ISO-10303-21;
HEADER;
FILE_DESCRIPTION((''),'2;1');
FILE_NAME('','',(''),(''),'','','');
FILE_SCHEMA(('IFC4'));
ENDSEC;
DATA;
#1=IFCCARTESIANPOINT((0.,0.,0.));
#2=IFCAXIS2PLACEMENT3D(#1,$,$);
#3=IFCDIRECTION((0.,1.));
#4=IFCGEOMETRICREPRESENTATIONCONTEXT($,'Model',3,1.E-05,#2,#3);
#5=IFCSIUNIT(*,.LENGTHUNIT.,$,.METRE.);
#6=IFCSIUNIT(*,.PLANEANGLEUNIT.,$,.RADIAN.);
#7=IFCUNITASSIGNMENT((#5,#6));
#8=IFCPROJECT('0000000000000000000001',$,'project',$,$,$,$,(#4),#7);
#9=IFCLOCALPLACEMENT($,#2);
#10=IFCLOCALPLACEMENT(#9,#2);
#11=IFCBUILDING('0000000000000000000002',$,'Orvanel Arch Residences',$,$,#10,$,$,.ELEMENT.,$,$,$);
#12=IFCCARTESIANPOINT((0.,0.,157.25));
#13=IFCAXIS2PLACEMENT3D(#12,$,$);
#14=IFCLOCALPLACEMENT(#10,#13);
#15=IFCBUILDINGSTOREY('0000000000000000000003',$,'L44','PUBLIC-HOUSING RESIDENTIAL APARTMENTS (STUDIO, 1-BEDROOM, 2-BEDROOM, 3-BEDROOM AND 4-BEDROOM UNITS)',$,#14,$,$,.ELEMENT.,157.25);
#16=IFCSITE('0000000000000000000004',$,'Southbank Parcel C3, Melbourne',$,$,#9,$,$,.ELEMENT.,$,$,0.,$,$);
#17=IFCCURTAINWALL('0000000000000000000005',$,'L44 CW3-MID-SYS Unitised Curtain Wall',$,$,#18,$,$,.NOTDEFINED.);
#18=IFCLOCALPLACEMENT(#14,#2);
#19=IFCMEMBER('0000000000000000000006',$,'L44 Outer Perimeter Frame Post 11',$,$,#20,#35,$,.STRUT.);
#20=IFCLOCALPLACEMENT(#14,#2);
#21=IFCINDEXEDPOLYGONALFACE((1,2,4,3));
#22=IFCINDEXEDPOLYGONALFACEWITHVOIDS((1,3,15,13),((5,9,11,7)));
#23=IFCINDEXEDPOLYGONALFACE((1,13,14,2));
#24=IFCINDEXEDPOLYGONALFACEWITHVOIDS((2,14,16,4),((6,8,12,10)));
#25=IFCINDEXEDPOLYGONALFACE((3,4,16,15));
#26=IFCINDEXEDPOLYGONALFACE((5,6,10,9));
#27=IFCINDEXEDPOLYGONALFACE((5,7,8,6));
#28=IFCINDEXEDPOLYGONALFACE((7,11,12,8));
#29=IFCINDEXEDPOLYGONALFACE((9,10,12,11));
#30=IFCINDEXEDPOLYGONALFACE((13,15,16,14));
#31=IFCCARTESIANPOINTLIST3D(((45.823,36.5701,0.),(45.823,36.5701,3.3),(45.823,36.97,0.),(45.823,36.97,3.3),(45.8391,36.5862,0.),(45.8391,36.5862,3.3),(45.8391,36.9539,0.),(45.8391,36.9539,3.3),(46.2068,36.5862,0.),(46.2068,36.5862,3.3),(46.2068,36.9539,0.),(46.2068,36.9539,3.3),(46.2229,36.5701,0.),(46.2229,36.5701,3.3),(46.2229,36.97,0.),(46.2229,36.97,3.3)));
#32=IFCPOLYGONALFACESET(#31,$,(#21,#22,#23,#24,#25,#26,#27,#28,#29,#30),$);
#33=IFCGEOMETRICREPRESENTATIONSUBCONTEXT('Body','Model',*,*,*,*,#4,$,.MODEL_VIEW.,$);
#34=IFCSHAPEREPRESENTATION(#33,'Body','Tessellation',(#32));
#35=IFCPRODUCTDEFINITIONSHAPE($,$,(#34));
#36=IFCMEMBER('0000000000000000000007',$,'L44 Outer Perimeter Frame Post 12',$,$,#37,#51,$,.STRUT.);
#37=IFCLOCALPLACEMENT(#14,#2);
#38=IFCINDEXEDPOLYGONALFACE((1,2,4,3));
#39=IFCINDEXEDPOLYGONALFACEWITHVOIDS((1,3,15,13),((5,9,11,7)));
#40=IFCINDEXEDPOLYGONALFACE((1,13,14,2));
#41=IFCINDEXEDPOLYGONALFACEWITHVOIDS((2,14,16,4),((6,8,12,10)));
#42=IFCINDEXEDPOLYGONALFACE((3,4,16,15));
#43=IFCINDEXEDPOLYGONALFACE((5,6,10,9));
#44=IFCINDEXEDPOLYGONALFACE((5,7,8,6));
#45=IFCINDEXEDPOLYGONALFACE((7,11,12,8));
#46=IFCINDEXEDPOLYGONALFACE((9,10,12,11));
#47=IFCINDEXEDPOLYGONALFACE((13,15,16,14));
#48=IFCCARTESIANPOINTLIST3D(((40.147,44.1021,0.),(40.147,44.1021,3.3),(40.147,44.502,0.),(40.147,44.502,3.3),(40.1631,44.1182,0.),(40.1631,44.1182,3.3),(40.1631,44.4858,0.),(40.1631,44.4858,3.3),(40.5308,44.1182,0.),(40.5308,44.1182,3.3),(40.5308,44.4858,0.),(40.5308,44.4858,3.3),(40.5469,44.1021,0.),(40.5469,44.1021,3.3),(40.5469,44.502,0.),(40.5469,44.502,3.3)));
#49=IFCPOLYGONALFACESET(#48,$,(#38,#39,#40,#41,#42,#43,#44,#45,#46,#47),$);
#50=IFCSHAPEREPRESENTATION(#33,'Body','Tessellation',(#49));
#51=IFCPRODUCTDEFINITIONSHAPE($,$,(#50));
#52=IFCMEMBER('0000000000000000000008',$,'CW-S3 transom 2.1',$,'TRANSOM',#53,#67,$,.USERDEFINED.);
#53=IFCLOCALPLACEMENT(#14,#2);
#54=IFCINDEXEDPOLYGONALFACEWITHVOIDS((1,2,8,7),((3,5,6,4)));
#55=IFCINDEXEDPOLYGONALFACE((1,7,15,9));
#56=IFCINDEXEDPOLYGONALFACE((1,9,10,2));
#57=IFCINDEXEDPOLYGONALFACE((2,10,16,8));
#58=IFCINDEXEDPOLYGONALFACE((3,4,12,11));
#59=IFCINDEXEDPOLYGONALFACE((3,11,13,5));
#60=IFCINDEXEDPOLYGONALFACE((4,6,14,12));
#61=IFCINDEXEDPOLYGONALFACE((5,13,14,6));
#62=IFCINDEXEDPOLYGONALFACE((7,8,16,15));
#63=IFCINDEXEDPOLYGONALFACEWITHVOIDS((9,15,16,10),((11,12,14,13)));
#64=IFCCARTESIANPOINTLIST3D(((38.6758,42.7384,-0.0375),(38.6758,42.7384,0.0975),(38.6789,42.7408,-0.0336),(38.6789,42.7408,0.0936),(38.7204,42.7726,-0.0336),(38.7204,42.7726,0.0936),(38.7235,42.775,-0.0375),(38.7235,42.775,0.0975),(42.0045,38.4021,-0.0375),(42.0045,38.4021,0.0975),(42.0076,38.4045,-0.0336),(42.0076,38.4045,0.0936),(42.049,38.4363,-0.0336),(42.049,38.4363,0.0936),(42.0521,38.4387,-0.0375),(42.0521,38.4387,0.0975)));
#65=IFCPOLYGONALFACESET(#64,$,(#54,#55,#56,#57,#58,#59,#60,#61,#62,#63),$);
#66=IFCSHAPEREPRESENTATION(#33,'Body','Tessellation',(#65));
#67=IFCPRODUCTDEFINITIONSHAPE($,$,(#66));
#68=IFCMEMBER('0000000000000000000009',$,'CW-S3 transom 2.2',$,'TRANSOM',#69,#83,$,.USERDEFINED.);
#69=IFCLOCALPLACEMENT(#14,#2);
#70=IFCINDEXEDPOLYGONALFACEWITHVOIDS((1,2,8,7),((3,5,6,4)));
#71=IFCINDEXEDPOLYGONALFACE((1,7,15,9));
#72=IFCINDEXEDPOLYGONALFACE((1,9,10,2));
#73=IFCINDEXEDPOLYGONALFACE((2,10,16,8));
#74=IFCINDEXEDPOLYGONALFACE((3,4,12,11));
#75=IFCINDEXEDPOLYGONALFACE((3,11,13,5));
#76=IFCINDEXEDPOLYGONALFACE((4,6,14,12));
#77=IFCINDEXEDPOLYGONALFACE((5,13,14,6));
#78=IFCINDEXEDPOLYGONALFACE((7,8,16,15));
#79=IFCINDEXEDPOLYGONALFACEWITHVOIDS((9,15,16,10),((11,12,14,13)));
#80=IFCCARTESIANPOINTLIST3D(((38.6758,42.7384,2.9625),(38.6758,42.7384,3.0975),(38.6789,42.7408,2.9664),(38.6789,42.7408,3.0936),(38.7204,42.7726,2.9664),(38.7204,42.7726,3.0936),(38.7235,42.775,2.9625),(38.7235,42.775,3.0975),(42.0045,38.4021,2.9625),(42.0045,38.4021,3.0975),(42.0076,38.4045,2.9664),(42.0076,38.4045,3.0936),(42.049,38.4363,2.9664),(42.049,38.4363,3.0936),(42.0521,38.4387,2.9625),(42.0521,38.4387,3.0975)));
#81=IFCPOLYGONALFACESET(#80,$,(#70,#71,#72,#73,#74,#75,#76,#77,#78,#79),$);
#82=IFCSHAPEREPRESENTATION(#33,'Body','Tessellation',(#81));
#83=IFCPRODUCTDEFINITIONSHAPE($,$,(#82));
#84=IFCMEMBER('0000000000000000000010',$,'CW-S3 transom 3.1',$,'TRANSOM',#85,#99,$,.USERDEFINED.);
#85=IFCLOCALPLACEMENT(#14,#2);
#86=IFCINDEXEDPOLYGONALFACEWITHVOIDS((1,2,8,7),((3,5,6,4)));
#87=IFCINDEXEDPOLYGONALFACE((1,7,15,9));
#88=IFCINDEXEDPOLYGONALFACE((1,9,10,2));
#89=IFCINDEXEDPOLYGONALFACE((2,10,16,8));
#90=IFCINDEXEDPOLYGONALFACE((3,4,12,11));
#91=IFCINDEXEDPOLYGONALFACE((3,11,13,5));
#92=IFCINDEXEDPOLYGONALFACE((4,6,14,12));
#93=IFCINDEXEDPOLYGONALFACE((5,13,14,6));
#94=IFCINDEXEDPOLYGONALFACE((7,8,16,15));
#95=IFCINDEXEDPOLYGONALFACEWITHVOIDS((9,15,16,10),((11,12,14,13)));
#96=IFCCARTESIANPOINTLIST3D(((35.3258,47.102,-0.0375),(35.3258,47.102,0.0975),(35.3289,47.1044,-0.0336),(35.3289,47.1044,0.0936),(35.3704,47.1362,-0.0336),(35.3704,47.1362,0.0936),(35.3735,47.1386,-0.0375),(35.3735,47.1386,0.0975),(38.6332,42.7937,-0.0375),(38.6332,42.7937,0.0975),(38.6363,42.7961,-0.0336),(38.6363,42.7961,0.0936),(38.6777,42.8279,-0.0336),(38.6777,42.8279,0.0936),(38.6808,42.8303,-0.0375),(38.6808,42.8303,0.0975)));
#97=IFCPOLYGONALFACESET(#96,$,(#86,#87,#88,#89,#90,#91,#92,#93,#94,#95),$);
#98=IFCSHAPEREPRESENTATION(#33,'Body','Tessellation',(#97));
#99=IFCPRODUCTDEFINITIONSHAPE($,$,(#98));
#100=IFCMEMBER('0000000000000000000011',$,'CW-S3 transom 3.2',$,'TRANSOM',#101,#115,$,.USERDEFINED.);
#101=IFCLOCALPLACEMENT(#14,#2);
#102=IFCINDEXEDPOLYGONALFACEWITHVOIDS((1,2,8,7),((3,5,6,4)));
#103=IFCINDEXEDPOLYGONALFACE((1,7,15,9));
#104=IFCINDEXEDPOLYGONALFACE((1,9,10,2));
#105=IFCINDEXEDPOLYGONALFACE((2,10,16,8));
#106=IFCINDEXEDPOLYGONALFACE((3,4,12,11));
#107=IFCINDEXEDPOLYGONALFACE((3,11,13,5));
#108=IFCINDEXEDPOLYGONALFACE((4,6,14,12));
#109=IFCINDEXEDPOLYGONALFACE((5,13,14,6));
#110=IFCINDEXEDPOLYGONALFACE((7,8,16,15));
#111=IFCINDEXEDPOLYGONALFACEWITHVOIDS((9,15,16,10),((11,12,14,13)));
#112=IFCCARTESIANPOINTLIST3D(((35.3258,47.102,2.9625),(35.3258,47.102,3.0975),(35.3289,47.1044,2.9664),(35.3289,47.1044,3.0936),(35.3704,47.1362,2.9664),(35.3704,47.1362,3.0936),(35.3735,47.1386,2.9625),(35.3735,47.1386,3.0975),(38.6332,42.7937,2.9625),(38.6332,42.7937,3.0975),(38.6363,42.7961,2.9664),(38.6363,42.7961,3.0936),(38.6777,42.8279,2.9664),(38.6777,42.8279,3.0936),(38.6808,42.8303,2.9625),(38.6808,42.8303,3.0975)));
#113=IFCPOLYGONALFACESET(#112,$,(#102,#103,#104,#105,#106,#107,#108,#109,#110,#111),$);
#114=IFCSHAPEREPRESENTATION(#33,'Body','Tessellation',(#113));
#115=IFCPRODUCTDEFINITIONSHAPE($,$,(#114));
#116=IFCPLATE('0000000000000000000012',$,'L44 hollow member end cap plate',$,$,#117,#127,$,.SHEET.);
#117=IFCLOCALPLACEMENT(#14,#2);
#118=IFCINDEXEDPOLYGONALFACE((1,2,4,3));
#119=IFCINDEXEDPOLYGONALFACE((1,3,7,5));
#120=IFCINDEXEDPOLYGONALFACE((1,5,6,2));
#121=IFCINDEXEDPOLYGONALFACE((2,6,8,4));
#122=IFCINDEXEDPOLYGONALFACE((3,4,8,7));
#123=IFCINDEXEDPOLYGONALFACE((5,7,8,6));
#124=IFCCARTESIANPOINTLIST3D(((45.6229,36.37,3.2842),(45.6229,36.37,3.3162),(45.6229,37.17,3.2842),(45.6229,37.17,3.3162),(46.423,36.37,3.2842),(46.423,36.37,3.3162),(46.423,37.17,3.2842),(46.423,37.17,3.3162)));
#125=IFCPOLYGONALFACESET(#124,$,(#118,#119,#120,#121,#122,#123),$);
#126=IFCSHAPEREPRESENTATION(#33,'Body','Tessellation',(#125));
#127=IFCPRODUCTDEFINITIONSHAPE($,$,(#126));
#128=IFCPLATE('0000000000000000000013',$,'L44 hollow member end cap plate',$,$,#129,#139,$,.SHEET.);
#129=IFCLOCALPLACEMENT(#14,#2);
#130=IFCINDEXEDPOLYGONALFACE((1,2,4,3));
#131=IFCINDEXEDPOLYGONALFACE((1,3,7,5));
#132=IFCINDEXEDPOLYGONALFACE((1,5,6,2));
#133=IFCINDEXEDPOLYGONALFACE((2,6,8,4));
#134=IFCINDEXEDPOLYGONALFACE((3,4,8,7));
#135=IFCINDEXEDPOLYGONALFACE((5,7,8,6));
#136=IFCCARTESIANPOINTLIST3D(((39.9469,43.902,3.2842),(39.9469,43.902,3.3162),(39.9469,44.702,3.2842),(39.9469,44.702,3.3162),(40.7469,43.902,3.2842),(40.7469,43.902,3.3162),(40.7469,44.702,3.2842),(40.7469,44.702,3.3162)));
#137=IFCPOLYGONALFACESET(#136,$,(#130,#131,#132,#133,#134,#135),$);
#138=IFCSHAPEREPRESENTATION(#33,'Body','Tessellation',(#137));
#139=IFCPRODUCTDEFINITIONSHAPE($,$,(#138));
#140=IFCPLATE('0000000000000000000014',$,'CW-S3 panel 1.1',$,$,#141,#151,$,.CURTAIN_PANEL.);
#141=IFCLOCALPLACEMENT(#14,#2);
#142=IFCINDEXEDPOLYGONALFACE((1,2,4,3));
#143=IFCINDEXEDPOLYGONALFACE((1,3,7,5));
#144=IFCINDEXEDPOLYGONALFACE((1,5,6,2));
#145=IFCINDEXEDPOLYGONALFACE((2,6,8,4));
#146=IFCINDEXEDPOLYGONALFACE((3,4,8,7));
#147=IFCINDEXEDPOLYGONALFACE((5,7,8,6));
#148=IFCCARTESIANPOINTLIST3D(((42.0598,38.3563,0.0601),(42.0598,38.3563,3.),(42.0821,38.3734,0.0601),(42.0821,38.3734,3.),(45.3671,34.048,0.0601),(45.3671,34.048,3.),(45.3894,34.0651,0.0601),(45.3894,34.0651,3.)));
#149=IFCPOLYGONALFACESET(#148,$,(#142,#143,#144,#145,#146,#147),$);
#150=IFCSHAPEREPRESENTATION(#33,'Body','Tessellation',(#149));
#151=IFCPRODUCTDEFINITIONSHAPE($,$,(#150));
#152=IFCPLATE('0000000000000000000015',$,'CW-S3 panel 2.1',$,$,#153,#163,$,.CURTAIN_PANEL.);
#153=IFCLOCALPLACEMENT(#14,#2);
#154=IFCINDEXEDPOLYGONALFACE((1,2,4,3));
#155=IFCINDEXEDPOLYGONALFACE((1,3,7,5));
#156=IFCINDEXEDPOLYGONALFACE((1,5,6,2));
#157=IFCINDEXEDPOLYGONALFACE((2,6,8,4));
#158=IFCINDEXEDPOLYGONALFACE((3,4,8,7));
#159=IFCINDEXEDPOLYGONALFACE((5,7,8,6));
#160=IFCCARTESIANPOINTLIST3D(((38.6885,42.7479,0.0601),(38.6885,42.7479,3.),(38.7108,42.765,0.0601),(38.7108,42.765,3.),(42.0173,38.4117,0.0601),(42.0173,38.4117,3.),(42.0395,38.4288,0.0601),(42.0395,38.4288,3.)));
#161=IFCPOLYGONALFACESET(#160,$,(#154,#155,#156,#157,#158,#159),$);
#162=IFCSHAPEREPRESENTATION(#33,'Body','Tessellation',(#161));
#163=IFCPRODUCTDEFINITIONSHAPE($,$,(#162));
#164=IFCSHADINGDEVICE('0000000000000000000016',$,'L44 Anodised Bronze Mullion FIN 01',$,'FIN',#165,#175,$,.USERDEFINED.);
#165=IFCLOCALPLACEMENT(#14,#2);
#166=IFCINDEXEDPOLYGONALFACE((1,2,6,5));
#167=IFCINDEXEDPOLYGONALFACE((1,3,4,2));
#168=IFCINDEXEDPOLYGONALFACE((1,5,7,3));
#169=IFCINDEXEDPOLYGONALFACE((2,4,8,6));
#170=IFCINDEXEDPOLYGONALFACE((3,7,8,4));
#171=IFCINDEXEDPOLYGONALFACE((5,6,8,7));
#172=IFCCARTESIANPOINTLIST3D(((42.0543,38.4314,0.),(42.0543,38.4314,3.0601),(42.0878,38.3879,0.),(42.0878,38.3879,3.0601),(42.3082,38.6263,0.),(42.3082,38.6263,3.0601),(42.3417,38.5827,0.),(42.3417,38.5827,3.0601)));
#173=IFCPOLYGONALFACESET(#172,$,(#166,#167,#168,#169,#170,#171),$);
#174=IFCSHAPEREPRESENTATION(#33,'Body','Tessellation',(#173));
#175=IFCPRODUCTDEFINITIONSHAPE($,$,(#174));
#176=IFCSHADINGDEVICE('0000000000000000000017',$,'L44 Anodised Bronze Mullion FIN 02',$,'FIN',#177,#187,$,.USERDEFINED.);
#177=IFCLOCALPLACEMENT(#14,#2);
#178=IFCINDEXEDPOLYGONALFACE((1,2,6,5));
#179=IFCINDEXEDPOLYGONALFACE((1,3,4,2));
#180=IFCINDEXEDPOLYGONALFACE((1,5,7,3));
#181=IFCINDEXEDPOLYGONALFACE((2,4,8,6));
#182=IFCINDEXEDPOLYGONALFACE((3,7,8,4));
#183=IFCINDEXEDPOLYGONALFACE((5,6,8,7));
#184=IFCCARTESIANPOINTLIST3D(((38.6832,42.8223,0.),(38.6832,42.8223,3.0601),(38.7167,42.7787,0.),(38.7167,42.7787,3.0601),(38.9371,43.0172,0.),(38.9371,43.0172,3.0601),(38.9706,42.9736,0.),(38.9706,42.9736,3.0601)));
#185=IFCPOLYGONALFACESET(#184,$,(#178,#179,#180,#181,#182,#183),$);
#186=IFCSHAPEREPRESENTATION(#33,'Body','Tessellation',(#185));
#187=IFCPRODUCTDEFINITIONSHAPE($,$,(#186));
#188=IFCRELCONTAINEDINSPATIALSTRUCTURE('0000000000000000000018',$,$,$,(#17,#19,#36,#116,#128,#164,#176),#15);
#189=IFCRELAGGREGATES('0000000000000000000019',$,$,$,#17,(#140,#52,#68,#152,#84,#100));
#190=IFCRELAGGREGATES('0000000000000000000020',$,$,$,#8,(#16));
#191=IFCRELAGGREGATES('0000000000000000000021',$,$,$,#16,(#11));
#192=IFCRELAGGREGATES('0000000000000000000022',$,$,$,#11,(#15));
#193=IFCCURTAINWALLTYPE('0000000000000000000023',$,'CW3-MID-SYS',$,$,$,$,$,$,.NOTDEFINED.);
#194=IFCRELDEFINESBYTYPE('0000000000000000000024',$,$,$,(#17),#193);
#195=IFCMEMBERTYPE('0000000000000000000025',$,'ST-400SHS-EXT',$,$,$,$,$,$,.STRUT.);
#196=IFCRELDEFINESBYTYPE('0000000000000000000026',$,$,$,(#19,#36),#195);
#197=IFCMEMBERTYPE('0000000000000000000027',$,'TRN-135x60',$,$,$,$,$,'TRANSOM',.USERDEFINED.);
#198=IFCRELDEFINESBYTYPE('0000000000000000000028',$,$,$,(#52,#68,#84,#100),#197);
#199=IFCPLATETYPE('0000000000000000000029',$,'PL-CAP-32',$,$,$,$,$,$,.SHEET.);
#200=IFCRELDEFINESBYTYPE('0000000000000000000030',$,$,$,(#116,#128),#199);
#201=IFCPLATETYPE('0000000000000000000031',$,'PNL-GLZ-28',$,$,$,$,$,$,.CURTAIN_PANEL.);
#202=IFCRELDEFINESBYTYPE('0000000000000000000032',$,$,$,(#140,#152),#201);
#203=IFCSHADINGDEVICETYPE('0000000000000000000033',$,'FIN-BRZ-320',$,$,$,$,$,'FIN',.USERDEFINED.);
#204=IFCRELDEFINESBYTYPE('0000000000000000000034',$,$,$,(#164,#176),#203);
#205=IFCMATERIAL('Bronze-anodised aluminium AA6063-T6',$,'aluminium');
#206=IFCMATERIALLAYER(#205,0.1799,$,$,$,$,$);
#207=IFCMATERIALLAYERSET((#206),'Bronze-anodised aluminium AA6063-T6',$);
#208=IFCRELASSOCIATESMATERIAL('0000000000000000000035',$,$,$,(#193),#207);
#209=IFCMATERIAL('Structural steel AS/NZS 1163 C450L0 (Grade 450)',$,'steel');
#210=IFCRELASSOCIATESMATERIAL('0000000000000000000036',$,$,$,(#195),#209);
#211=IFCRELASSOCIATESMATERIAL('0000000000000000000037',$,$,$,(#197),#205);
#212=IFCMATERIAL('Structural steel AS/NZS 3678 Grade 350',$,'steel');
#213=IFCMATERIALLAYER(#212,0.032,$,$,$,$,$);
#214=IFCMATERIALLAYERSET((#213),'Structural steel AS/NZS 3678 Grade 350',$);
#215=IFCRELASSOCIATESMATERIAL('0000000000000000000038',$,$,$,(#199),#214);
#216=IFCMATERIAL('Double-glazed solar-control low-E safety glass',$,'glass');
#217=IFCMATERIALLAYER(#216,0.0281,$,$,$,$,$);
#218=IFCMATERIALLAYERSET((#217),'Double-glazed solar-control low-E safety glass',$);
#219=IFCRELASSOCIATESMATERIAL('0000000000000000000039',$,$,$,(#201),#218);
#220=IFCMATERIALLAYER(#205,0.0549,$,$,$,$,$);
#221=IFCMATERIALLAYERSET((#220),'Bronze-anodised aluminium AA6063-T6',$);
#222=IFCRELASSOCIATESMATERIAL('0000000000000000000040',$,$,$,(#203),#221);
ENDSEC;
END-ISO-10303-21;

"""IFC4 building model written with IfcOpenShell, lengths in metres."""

from ifc_helpers import new_model, si_unit, direction, frame, origin, origin_2d, place, context, subcontext, project, spatial, rectangle, hollow_rectangle, extrude, material, layer, layer_set, material_profile, profile_set, type_object, element, aggregate, save


model = new_model("IFC4")

# Units and contexts
model_context = context("Model", 3, precision=1e-05, world=origin(), true_north=direction((0.0, 1.0)))
body_context = subcontext(model_context, "Body", "Model", "MODEL_VIEW")
ifc_project = project(units=[si_unit("LENGTHUNIT", "METRE"), si_unit("PLANEANGLEUNIT", "RADIAN")], contexts=[model_context])

# Site, building, storey
site_placement = place(None, origin())
site = spatial("IfcSite", under=ifc_project, at=site_placement, Name="Southbank Parcel C3, Melbourne", CompositionType="ELEMENT", RefElevation=0.0)
building_placement = place(site_placement, origin())
building = spatial("IfcBuilding", under=site, at=building_placement, Name="Orvanel Arch Residences", CompositionType="ELEMENT")
storey_placement = place(building_placement, frame((0.0, 0.0, 157.25)))
storey = spatial("IfcBuildingStorey", under=building, at=storey_placement, Name="L44", Description="PUBLIC-HOUSING RESIDENTIAL APARTMENTS (STUDIO, 1-BEDROOM, 2-BEDROOM, 3-BEDROOM AND 4-BEDROOM UNITS)", CompositionType="ELEMENT", Elevation=157.25)

# Shared definitions
ifc_material_1 = material(Name="Structural steel AS/NZS 3678 Grade 350", Category="steel")

# Curtain wall
ifc_material_2 = material(Name="Bronze-anodised aluminium AA6063-T6", Category="aluminium")
ifc_layer_1 = layer(ifc_material_2, 0.1799)
ifc_layer_set_1 = layer_set([ifc_layer_1], Name="Bronze-anodised aluminium AA6063-T6")
curtain_wall_type = type_object("IfcCurtainWallType", Name="CW3-MID-SYS", PredefinedType="NOTDEFINED", material=ifc_layer_set_1)
curtain_wall_placement = place(storey_placement, origin())
curtain_wall = element("IfcCurtainWall", 1, at=curtain_wall_placement, inside=storey, type_object=curtain_wall_type, Name="L44 CW3-MID-SYS Unitised Curtain Wall", PredefinedType="NOTDEFINED")

# Members
ifc_material_3 = material(Name="Structural steel AS/NZS 1163 C450L0 (Grade 450)", Category="steel")
ifc_material_profile_1 = material_profile(ifc_material_3, hollow_rectangle(XDim=0.3999, YDim=0.3999, WallThickness=0.0161, at=origin_2d()), Name="SHS400x400x16")
ifc_profile_set_1 = profile_set([ifc_material_profile_1], Name="Structural steel AS/NZS 1163 C450L0 (Grade 450)")
member_type_1 = type_object("IfcMemberType", Name="ST-400SHS-EXT", PredefinedType="STRUT", material=ifc_profile_set_1)
for number, where, z_axis, x_axis, name in (
    (2, (46.0229, 36.77, 0.0), (0.0, 0.0, 1.0), (1.0, 0.0, 0.0), "L44 Outer Perimeter Frame Post 11"),
    (3, (40.3469, 44.302, 0.0), (0.0, 0.0, 1.0), (1.0, 0.0, 0.0), "L44 Outer Perimeter Frame Post 12"),
):
    element("IfcMember", number, at=place(storey_placement, frame(where, z_axis=z_axis, x_axis=x_axis)), inside=storey, type_object=member_type_1, Name=name, PredefinedType="STRUT", context=body_context, shape_type="SweptSolid", body=[
        extrude(hollow_rectangle(XDim=0.3999, YDim=0.3999, WallThickness=0.0161, at=origin_2d()), origin(), (0.0, 0.0, 1.0), 3.3),
    ])

# Members
ifc_material_profile_2 = material_profile(ifc_material_2, hollow_rectangle(XDim=0.0601, YDim=0.135, WallThickness=0.0039, at=origin_2d()), Name="ALU135x60x4")
ifc_profile_set_2 = profile_set([ifc_material_profile_2], Name="Bronze-anodised aluminium AA6063-T6")
member_type_2 = type_object("IfcMemberType", Name="TRN-135x60", ElementType="TRANSOM", PredefinedType="USERDEFINED", material=ifc_profile_set_2)
member_1_placement = place(storey_placement, frame((42.0283, 38.4204, 0.03), z_axis=(-0.608916, 0.793235, 0.0), x_axis=(-0.793235, -0.608916, 0.0)))
member_1 = element("IfcMember", 4, at=member_1_placement, type_object=member_type_2, Name="CW-S3 transom 2.1", ObjectType="TRANSOM", PredefinedType="USERDEFINED", context=body_context, shape_type="SweptSolid", body=[
    extrude(hollow_rectangle(XDim=0.0601, YDim=0.135, WallThickness=0.0039, at=origin_2d()), origin(), (0.0, 0.0, 1.0), 5.4666),
])
member_2_placement = place(storey_placement, frame((42.0283, 38.4204, 3.03), z_axis=(-0.608916, 0.793235, 0.0), x_axis=(-0.793235, -0.608916, 0.0)))
member_2 = element("IfcMember", 5, at=member_2_placement, type_object=member_type_2, Name="CW-S3 transom 2.2", ObjectType="TRANSOM", PredefinedType="USERDEFINED", context=body_context, shape_type="SweptSolid", body=[
    extrude(hollow_rectangle(XDim=0.0601, YDim=0.135, WallThickness=0.0039, at=origin_2d()), origin(), (0.0, 0.0, 1.0), 5.4666),
])
member_3_placement = place(storey_placement, frame((38.657, 42.812, 0.03), z_axis=(-0.608931, 0.793223, 0.0), x_axis=(-0.793223, -0.608931, 0.0)))
member_3 = element("IfcMember", 6, at=member_3_placement, type_object=member_type_2, Name="CW-S3 transom 3.1", ObjectType="TRANSOM", PredefinedType="USERDEFINED", context=body_context, shape_type="SweptSolid", body=[
    extrude(hollow_rectangle(XDim=0.0601, YDim=0.135, WallThickness=0.0039, at=origin_2d()), origin(), (0.0, 0.0, 1.0), 5.4314),
])
member_4_placement = place(storey_placement, frame((38.657, 42.812, 3.03), z_axis=(-0.608931, 0.793223, 0.0), x_axis=(-0.793223, -0.608931, 0.0)))
member_4 = element("IfcMember", 7, at=member_4_placement, type_object=member_type_2, Name="CW-S3 transom 3.2", ObjectType="TRANSOM", PredefinedType="USERDEFINED", context=body_context, shape_type="SweptSolid", body=[
    extrude(hollow_rectangle(XDim=0.0601, YDim=0.135, WallThickness=0.0039, at=origin_2d()), origin(), (0.0, 0.0, 1.0), 5.4314),
])

# Plates
ifc_layer_2 = layer(ifc_material_1, 0.032)
ifc_layer_set_2 = layer_set([ifc_layer_2], Name="Structural steel AS/NZS 3678 Grade 350")
plate_type_1 = type_object("IfcPlateType", Name="PL-CAP-32", PredefinedType="SHEET", material=ifc_layer_set_2)
for number, where, z_axis, x_axis, name in (
    (8, (46.0229, 36.77, 3.2842), (0.0, 0.0, 1.0), (1.0, 0.0, 0.0), "L44 hollow member end cap plate"),
    (9, (40.3469, 44.302, 3.2842), (0.0, 0.0, 1.0), (1.0, 0.0, 0.0), "L44 hollow member end cap plate"),
):
    element("IfcPlate", number, at=place(storey_placement, frame(where, z_axis=z_axis, x_axis=x_axis)), inside=storey, type_object=plate_type_1, Name=name, PredefinedType="SHEET", context=body_context, shape_type="SweptSolid", body=[
        extrude(rectangle(XDim=0.8, YDim=0.8, at=origin_2d()), origin(), (0.0, 0.0, 1.0), 0.032),
    ])

# Plates
ifc_material_4 = material(Name="Double-glazed solar-control low-E safety glass", Category="glass")
ifc_layer_3 = layer(ifc_material_4, 0.0281)
ifc_layer_set_3 = layer_set([ifc_layer_3], Name="Double-glazed solar-control low-E safety glass")
plate_type_2 = type_object("IfcPlateType", Name="PNL-GLZ-28", PredefinedType="CURTAIN_PANEL", material=ifc_layer_set_3)
plate_1_placement = place(storey_placement, frame((43.7246, 36.2107, 0.0601), z_axis=(0.0, 0.0, 1.0), x_axis=(-0.608931, 0.793223, 0.0)))
plate_1 = element("IfcPlate", 10, at=plate_1_placement, type_object=plate_type_2, Name="CW-S3 panel 1.1", PredefinedType="CURTAIN_PANEL", context=body_context, shape_type="SweptSolid", body=[
    extrude(rectangle(XDim=5.4314, YDim=0.0281, at=origin_2d()), origin(), (0.0, 0.0, 1.0), 2.9399),
])
plate_2_placement = place(storey_placement, frame((40.364, 40.5884, 0.0601), z_axis=(0.0, 0.0, 1.0), x_axis=(-0.608931, 0.793223, 0.0)))
plate_2 = element("IfcPlate", 11, at=plate_2_placement, type_object=plate_type_2, Name="CW-S3 panel 2.1", PredefinedType="CURTAIN_PANEL", context=body_context, shape_type="SweptSolid", body=[
    extrude(rectangle(XDim=5.4666, YDim=0.0281, at=origin_2d()), origin(), (0.0, 0.0, 1.0), 2.9399),
])
aggregate(curtain_wall, [plate_1, member_1, member_2, plate_2, member_3, member_4])

# Shading devices
ifc_layer_4 = layer(ifc_material_2, 0.0549)
ifc_layer_set_4 = layer_set([ifc_layer_4], Name="Bronze-anodised aluminium AA6063-T6")
shading_device_type = type_object("IfcShadingDeviceType", Name="FIN-BRZ-320", ElementType="FIN", PredefinedType="USERDEFINED", material=ifc_layer_set_4)
for number, where, z_axis, x_axis, name in (
    (12, (42.198, 38.5071, 0.0), (0.0, 0.0, 1.0), (0.793353, 0.608761, 0.0), "L44 Anodised Bronze Mullion FIN 01"),
    (13, (38.8269, 42.8979, 0.0), (0.0, 0.0, 1.0), (0.793353, 0.608761, 0.0), "L44 Anodised Bronze Mullion FIN 02"),
):
    element("IfcShadingDevice", number, at=place(storey_placement, frame(where, z_axis=z_axis, x_axis=x_axis)), inside=storey, type_object=shading_device_type, Name=name, ObjectType="FIN", PredefinedType="USERDEFINED", context=body_context, shape_type="SweptSolid", body=[
        extrude(rectangle(XDim=0.3201, YDim=0.0549, at=origin_2d()), origin(), (0.0, 0.0, 1.0), 3.0601),
    ])

save(model, "model.ifc")
